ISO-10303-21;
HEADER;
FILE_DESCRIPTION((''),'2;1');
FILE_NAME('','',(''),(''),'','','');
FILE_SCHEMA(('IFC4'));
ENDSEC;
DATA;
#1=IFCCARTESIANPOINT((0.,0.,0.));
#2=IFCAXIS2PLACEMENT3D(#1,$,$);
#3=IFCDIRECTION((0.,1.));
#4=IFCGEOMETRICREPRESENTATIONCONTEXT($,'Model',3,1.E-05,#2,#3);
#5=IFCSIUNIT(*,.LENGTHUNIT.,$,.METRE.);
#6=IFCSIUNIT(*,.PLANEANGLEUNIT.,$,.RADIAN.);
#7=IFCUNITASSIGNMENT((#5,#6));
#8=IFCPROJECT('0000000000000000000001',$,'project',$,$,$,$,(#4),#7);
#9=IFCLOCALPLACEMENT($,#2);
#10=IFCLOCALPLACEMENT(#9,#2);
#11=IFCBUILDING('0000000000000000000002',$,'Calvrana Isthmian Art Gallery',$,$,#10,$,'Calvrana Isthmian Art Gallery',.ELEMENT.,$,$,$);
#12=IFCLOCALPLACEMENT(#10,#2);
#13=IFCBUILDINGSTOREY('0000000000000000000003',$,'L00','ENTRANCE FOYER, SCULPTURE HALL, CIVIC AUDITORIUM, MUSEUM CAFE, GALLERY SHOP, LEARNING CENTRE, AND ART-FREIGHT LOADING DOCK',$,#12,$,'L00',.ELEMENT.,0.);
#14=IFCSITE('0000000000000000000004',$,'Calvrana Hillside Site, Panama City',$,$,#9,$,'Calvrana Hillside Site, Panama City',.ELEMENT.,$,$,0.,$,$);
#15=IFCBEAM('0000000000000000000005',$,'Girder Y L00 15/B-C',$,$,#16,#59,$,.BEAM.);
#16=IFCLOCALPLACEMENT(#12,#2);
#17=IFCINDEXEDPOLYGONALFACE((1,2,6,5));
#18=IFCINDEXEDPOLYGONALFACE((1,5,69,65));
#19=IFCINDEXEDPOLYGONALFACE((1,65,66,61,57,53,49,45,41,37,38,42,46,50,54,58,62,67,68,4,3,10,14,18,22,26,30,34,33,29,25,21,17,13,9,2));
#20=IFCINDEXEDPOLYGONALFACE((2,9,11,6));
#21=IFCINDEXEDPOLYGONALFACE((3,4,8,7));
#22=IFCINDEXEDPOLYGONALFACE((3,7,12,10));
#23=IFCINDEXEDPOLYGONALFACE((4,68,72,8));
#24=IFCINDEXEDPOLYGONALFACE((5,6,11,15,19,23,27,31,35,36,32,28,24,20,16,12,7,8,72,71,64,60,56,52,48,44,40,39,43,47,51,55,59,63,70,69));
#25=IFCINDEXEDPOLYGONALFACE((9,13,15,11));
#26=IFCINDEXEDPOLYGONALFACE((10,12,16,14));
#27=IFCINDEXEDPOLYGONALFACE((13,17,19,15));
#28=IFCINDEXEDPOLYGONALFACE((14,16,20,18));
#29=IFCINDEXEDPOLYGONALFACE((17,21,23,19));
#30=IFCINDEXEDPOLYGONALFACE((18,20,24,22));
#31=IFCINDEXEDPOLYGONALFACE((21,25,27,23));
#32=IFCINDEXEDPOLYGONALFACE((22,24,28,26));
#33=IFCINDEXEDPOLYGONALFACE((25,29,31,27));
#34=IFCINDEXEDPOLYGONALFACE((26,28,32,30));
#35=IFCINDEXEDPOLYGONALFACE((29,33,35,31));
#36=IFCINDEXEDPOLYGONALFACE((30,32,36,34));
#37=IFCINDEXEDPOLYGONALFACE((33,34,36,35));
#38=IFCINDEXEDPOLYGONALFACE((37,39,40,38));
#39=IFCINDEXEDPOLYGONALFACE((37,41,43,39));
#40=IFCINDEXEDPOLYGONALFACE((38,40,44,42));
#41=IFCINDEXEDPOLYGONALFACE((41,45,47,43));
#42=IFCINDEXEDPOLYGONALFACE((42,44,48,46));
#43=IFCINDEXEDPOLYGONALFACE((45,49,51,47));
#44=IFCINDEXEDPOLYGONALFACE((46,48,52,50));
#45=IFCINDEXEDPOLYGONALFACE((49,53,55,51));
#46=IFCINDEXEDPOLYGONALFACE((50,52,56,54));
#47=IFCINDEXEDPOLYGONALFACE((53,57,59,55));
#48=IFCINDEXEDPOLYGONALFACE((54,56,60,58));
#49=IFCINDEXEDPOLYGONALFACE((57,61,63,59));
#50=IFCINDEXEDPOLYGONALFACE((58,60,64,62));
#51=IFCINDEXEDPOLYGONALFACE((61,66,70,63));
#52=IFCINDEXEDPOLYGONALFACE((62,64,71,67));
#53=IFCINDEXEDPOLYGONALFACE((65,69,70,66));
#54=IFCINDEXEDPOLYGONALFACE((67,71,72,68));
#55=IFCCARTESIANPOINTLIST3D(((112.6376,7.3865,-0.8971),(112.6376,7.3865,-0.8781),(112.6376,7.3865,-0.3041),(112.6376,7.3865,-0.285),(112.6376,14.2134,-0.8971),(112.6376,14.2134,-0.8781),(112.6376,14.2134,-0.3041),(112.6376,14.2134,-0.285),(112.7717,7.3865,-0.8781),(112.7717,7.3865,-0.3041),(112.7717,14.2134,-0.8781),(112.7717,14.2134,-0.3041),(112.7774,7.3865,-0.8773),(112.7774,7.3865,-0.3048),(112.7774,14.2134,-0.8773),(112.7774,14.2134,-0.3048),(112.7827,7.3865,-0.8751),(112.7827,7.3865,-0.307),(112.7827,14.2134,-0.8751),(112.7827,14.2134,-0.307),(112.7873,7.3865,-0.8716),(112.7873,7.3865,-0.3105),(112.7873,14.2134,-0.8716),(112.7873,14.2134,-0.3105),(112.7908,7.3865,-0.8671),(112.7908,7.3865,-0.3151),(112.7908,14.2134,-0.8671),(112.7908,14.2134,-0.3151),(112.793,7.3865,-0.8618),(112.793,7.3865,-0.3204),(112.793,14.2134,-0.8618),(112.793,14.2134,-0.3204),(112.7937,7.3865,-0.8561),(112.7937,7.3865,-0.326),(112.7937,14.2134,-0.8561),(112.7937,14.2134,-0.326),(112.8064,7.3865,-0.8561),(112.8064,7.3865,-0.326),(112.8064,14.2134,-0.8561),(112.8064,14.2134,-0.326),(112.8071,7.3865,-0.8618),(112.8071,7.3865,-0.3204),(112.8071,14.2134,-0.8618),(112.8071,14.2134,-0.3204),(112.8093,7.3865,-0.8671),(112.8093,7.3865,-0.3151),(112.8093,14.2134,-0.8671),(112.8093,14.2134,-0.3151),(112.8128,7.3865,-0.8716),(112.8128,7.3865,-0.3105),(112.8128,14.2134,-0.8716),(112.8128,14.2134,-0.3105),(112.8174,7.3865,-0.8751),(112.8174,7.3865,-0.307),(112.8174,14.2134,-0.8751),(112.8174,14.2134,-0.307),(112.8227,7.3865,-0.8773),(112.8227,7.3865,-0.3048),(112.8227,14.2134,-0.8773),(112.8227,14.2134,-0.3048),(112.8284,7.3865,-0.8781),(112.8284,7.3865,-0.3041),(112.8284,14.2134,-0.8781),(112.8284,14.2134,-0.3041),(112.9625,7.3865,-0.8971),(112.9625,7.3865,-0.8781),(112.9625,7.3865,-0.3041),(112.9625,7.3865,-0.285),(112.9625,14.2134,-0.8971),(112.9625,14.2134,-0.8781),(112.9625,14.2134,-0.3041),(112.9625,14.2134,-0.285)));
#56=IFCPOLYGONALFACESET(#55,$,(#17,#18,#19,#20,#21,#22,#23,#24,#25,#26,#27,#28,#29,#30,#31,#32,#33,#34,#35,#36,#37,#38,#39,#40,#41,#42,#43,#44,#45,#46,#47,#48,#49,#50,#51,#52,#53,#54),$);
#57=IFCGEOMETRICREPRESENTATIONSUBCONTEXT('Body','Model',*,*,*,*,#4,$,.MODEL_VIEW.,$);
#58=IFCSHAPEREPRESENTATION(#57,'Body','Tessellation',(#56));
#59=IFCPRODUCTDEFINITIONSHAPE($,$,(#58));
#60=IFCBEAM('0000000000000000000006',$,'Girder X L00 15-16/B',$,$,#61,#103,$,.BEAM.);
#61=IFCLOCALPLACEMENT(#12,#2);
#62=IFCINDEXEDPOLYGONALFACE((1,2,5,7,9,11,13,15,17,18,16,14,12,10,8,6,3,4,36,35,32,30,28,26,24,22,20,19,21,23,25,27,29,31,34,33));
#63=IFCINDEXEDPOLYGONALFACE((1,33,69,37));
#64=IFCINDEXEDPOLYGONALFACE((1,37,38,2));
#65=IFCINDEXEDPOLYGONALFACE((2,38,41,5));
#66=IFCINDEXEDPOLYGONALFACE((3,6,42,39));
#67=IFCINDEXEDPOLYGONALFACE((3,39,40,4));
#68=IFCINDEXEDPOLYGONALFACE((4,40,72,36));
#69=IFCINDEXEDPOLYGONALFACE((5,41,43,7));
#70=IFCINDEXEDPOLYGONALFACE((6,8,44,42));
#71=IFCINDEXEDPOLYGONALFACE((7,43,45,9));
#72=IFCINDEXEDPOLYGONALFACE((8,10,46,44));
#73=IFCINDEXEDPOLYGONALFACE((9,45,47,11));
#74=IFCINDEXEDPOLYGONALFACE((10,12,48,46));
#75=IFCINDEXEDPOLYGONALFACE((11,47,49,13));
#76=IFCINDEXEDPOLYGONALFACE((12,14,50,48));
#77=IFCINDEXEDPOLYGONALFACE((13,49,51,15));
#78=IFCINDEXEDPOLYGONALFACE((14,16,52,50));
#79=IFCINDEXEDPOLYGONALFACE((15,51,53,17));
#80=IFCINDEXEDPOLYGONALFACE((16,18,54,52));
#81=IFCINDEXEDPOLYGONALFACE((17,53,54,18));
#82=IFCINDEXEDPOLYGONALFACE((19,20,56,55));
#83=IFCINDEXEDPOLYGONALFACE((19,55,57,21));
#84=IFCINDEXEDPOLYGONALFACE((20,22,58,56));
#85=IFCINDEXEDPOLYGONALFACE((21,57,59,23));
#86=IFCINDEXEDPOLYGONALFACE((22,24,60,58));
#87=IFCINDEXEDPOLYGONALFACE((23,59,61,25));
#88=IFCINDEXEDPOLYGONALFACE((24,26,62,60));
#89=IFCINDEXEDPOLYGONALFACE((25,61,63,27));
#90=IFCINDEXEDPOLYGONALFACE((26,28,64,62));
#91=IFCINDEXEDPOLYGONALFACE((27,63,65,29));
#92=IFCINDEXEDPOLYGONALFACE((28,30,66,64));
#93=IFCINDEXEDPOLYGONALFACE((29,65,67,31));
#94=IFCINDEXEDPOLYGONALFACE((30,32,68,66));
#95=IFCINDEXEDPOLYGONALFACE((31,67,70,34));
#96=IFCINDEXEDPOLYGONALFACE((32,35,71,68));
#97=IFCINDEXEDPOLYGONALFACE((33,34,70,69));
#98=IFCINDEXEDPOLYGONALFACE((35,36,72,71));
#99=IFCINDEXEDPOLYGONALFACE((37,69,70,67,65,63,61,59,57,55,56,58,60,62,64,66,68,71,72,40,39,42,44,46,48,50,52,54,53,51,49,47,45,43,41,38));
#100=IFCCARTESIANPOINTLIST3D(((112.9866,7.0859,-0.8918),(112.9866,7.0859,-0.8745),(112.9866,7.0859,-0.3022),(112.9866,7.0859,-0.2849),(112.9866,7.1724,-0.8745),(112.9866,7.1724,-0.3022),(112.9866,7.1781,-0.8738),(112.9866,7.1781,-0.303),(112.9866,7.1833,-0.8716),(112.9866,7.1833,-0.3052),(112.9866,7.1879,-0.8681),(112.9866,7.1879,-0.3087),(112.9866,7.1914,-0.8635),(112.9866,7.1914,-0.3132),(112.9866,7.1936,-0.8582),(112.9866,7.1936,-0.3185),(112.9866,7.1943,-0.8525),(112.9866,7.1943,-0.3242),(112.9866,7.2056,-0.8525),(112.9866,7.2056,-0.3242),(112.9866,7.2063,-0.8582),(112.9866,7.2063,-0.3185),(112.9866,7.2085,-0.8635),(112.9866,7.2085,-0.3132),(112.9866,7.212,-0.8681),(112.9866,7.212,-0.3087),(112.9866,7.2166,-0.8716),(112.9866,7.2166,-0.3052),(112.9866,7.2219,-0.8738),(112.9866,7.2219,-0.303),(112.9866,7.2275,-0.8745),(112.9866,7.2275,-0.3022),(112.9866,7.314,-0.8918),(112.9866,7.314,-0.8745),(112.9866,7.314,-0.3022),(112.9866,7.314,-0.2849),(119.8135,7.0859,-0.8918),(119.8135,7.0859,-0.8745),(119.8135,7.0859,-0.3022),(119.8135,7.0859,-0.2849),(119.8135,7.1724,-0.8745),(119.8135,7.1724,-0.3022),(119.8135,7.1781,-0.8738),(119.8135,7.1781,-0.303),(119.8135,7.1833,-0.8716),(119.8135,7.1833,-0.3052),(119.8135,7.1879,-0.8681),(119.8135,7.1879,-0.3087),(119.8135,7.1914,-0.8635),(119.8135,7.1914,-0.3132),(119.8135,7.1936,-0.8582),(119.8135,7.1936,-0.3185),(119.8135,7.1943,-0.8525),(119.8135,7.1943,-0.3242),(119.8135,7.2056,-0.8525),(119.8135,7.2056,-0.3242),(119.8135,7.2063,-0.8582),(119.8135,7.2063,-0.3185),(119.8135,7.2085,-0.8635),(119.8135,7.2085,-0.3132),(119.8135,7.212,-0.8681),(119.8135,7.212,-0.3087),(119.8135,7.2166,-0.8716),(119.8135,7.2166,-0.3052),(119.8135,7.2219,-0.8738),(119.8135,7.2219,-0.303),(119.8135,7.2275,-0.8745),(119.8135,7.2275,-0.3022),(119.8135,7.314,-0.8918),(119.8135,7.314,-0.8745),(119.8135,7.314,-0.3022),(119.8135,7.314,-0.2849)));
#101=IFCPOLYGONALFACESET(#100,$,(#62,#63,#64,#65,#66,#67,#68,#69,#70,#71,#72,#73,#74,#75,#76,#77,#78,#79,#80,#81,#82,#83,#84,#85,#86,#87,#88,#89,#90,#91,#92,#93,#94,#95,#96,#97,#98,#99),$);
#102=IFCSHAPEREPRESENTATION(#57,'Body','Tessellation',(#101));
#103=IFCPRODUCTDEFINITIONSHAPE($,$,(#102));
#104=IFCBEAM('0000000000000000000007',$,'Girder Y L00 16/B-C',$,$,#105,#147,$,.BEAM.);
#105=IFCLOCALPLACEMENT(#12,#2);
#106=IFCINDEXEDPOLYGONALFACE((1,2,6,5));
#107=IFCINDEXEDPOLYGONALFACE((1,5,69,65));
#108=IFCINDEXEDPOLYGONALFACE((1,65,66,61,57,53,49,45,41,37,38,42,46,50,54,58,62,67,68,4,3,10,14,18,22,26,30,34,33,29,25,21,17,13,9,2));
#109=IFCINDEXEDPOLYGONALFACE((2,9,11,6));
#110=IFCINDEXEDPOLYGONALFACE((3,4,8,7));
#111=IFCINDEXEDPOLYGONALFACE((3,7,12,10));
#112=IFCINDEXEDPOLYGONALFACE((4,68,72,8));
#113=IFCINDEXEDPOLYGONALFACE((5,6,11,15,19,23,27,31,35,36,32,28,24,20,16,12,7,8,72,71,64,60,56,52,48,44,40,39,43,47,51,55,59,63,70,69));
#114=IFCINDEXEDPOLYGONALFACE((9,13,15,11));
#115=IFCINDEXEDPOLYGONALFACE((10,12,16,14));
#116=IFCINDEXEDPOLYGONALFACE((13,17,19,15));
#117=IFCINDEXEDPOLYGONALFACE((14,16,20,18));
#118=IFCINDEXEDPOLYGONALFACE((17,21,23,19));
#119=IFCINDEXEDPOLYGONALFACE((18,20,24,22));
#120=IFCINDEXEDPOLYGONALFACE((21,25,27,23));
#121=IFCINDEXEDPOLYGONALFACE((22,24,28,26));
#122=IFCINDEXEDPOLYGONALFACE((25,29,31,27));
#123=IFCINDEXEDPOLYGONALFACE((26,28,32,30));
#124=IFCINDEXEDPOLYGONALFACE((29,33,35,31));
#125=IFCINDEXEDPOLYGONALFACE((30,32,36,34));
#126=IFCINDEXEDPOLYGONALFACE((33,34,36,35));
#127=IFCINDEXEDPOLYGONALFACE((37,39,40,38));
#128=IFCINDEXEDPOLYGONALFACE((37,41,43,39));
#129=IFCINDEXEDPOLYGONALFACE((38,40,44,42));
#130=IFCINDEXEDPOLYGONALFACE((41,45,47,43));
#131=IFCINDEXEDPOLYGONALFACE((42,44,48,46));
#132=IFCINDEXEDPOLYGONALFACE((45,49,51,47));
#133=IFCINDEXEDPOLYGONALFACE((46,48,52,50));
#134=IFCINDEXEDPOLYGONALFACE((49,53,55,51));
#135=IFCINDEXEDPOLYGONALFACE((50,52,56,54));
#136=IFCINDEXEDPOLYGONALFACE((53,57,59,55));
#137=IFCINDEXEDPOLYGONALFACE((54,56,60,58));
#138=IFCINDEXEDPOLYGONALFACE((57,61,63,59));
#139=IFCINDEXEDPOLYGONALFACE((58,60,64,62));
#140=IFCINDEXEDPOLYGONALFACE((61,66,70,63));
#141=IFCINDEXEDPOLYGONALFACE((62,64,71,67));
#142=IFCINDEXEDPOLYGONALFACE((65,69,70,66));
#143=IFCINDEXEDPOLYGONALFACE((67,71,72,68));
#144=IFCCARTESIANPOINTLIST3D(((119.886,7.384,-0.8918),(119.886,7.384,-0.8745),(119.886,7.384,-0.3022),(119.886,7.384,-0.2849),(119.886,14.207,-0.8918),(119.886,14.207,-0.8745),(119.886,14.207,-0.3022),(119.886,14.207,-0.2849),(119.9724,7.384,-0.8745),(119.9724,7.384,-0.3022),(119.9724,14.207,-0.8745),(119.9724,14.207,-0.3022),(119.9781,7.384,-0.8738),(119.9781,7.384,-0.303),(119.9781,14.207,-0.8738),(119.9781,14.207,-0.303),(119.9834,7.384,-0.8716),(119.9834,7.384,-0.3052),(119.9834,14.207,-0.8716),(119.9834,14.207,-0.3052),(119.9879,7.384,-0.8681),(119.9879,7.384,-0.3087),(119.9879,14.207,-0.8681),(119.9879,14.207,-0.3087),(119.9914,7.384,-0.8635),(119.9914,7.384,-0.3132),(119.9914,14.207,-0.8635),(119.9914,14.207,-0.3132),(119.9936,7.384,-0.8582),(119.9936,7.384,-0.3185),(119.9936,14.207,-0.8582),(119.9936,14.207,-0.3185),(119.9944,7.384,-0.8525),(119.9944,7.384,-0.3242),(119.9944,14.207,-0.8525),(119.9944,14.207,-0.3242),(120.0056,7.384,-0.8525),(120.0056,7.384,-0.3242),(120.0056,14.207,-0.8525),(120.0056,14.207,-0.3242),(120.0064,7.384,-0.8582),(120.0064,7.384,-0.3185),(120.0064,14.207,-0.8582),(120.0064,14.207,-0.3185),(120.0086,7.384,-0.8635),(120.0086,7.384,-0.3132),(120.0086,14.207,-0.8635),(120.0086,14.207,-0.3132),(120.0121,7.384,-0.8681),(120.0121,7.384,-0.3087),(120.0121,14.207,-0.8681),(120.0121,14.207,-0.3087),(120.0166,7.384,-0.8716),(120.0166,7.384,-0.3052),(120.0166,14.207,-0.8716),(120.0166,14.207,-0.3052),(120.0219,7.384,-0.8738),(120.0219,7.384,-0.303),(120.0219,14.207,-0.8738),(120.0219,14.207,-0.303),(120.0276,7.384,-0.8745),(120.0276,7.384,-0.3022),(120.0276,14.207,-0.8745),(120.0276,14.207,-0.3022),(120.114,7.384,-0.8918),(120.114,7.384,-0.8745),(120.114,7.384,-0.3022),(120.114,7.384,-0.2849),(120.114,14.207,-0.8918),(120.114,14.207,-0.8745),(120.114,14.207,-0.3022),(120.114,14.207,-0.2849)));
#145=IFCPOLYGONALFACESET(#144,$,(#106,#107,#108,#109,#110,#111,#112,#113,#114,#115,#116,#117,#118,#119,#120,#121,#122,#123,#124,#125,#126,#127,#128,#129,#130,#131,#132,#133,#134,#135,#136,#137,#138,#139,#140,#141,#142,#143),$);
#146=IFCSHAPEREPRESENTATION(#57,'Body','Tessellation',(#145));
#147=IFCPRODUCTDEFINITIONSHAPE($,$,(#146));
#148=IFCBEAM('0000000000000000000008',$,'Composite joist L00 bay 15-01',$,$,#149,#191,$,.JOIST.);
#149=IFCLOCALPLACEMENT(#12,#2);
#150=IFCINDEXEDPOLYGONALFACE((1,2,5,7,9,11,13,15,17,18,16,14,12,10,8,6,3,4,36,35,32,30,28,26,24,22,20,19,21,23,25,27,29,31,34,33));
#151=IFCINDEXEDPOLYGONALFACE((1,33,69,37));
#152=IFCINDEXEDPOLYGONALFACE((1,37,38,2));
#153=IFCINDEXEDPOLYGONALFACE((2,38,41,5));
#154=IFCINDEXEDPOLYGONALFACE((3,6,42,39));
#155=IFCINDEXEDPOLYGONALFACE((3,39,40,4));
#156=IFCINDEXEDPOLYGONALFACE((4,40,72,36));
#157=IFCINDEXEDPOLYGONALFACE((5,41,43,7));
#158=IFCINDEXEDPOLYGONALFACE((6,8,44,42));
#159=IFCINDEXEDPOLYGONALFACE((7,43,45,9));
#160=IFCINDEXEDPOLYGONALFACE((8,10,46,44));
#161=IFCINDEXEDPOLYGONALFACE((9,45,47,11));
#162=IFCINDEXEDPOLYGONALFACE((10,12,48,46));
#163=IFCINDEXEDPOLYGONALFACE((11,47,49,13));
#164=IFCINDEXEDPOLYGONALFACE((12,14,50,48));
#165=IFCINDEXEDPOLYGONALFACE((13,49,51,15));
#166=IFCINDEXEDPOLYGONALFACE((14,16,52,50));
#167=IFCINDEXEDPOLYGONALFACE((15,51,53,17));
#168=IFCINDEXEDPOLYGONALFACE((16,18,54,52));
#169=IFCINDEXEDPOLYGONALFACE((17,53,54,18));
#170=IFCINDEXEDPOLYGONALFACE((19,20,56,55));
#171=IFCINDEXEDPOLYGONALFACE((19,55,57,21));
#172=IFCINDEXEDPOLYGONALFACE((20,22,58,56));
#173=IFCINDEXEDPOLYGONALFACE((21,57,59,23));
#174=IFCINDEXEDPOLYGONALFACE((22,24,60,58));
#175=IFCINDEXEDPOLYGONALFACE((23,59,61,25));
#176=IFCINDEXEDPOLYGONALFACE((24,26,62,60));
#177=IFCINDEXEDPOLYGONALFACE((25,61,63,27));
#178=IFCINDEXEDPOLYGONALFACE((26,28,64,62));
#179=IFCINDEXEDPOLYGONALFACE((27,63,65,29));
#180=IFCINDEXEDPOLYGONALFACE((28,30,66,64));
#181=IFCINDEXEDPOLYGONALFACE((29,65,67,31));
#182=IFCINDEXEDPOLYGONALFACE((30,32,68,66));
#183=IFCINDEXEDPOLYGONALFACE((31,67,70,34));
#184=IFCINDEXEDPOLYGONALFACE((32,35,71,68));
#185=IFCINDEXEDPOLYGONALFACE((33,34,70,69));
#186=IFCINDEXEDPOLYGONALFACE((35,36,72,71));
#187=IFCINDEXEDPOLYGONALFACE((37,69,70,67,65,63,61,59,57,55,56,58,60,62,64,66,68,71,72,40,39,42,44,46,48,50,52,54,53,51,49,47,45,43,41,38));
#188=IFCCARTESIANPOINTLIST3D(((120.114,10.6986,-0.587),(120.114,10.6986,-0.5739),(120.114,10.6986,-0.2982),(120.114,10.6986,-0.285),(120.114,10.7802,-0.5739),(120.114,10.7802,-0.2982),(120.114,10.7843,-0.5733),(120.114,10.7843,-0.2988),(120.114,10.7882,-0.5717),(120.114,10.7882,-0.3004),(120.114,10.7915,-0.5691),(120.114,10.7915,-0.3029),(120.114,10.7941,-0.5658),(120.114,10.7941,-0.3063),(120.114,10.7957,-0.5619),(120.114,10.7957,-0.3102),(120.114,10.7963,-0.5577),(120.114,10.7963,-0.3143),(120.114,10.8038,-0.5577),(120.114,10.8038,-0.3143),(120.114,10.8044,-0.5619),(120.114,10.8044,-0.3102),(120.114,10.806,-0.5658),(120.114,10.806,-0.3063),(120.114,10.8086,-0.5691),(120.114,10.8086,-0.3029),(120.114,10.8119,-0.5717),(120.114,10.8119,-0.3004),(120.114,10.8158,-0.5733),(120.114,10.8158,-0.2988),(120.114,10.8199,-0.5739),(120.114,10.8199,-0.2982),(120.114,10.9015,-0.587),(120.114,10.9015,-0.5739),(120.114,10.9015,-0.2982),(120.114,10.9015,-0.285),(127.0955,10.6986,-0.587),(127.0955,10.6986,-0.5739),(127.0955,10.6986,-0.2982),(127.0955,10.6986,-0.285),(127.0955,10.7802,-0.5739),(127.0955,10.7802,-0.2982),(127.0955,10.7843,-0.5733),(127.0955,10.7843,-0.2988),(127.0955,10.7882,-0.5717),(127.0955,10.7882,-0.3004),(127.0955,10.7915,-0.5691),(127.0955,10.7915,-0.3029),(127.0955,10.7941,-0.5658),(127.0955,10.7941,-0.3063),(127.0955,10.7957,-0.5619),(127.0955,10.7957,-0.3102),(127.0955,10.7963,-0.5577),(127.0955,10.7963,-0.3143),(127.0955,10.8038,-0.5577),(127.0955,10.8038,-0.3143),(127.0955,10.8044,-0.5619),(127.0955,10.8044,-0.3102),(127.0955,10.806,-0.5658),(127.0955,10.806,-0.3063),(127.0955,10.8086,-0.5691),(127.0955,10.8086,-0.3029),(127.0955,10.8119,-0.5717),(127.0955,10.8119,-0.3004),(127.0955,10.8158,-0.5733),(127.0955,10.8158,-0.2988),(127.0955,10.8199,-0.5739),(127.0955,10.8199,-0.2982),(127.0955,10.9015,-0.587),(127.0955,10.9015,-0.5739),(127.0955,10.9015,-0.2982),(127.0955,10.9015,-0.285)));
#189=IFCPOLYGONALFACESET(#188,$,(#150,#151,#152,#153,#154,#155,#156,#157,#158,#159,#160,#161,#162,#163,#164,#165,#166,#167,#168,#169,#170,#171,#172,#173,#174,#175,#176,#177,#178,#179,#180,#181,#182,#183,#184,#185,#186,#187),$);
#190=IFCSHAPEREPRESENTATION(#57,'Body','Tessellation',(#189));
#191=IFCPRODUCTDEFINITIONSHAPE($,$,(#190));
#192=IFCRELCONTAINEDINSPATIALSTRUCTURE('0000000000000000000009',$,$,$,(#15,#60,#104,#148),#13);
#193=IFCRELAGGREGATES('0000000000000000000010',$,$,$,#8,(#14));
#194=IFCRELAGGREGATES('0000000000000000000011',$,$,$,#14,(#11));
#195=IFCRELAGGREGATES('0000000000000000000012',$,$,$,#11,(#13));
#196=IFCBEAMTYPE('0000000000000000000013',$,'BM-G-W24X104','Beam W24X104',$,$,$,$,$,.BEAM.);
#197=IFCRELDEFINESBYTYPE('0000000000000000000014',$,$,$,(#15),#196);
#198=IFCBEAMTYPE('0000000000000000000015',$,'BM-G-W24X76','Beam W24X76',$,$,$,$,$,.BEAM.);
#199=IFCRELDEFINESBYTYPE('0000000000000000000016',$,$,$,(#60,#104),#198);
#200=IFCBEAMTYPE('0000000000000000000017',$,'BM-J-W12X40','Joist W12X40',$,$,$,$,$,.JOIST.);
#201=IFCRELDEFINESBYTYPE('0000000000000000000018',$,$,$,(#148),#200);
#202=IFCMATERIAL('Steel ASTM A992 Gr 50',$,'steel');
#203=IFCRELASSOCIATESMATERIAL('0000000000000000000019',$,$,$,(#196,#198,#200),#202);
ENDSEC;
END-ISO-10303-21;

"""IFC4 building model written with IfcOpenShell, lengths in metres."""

from ifc_helpers import new_model, si_unit, direction, frame, origin, origin_2d, place, context, subcontext, project, spatial, i_section, extrude, material, material_profile, profile_set, type_object, element, save


model = new_model("IFC4")

# Units and contexts
model_context = context("Model", 3, precision=1e-05, world=origin(), true_north=direction((0.0, 1.0)))
body_context = subcontext(model_context, "Body", "Model", "MODEL_VIEW")
ifc_project = project(units=[si_unit("LENGTHUNIT", "METRE"), si_unit("PLANEANGLEUNIT", "RADIAN")], contexts=[model_context])

# Site, building, storey
site_placement = place(None, origin())
site = spatial("IfcSite", under=ifc_project, at=site_placement, Name="Calvrana Hillside Site, Panama City", LongName="Calvrana Hillside Site, Panama City", CompositionType="ELEMENT", RefElevation=0.0)
building_placement = place(site_placement, origin())
building = spatial("IfcBuilding", under=site, at=building_placement, Name="Calvrana Isthmian Art Gallery", LongName="Calvrana Isthmian Art Gallery", CompositionType="ELEMENT")
storey_placement = place(building_placement, origin())
storey = spatial("IfcBuildingStorey", under=building, at=storey_placement, Name="L00", Description="ENTRANCE FOYER, SCULPTURE HALL, CIVIC AUDITORIUM, MUSEUM CAFE, GALLERY SHOP, LEARNING CENTRE, AND ART-FREIGHT LOADING DOCK", LongName="L00", CompositionType="ELEMENT", Elevation=0.0)

# Shared definitions
ifc_material_1 = material(Name="Steel ASTM A992 Gr 50", Category="steel")

# Beams
ifc_material_profile_1 = material_profile(ifc_material_1, i_section(OverallWidth=0.325, OverallDepth=0.6121, WebThickness=0.0127, FlangeThickness=0.019, FilletRadius=0.022, at=origin_2d()), Name="W24X104")
ifc_profile_set_1 = profile_set([ifc_material_profile_1], Name="Steel ASTM A992 Gr 50")
beam_type_1 = type_object("IfcBeamType", Name="BM-G-W24X104", Description="Beam W24X104", PredefinedType="BEAM", material=ifc_profile_set_1)
beam_1_placement = place(storey_placement, frame((112.8, 7.3865, -0.5911), z_axis=(0.0, 1.0, 0.0), x_axis=(-1.0, 0.0, 0.0)))
element("IfcBeam", 1, at=beam_1_placement, inside=storey, type_object=beam_type_1, Name="Girder Y L00 15/B-C", PredefinedType="BEAM", context=body_context, shape_type="SweptSolid", body=[
    extrude(i_section(OverallWidth=0.325, OverallDepth=0.6121, WebThickness=0.0127, FlangeThickness=0.019, FilletRadius=0.022, at=origin_2d()), origin(), (0.0, 0.0, 1.0), 6.8269),
])
ifc_material_profile_2 = material_profile(ifc_material_1, i_section(OverallWidth=0.228, OverallDepth=0.6069, WebThickness=0.0112, FlangeThickness=0.0173, FilletRadius=0.022, at=origin_2d()), Name="W24X76")
ifc_profile_set_2 = profile_set([ifc_material_profile_2], Name="Steel ASTM A992 Gr 50")
beam_type_2 = type_object("IfcBeamType", Name="BM-G-W24X76", Description="Beam W24X76", PredefinedType="BEAM", material=ifc_profile_set_2)
beam_2_placement = place(storey_placement, frame((112.9866, 7.2, -0.5884), z_axis=(1.0, 0.0, 0.0), x_axis=(0.0, 1.0, 0.0)))
element("IfcBeam", 2, at=beam_2_placement, inside=storey, type_object=beam_type_2, Name="Girder X L00 15-16/B", PredefinedType="BEAM", context=body_context, shape_type="SweptSolid", body=[
    extrude(i_section(OverallWidth=0.228, OverallDepth=0.6069, WebThickness=0.0112, FlangeThickness=0.0173, FilletRadius=0.022, at=origin_2d()), origin(), (0.0, 0.0, 1.0), 6.8269),
])
beam_3_placement = place(storey_placement, frame((120.0, 7.384, -0.5884), z_axis=(0.0, 1.0, 0.0), x_axis=(-1.0, 0.0, 0.0)))
element("IfcBeam", 3, at=beam_3_placement, inside=storey, type_object=beam_type_2, Name="Girder Y L00 16/B-C", PredefinedType="BEAM", context=body_context, shape_type="SweptSolid", body=[
    extrude(i_section(OverallWidth=0.228, OverallDepth=0.6069, WebThickness=0.0112, FlangeThickness=0.0173, FilletRadius=0.022, at=origin_2d()), origin(), (0.0, 0.0, 1.0), 6.823),
])
ifc_material_profile_3 = material_profile(ifc_material_1, i_section(OverallWidth=0.2029, OverallDepth=0.302, WebThickness=0.0076, FlangeThickness=0.0132, FilletRadius=0.0161, at=origin_2d()), Name="W12X40")
ifc_profile_set_3 = profile_set([ifc_material_profile_3], Name="Steel ASTM A992 Gr 50")
beam_type_3 = type_object("IfcBeamType", Name="BM-J-W12X40", Description="Joist W12X40", PredefinedType="JOIST", material=ifc_profile_set_3)
beam_4_placement = place(storey_placement, frame((120.114, 10.8, -0.436), z_axis=(1.0, 0.0, 0.0), x_axis=(0.0, 1.0, 0.0)))
element("IfcBeam", 4, at=beam_4_placement, inside=storey, type_object=beam_type_3, Name="Composite joist L00 bay 15-01", PredefinedType="JOIST", context=body_context, shape_type="SweptSolid", body=[
    extrude(i_section(OverallWidth=0.2029, OverallDepth=0.302, WebThickness=0.0076, FlangeThickness=0.0132, FilletRadius=0.0161, at=origin_2d()), origin(), (0.0, 0.0, 1.0), 6.9814),
])

save(model, "model.ifc")
